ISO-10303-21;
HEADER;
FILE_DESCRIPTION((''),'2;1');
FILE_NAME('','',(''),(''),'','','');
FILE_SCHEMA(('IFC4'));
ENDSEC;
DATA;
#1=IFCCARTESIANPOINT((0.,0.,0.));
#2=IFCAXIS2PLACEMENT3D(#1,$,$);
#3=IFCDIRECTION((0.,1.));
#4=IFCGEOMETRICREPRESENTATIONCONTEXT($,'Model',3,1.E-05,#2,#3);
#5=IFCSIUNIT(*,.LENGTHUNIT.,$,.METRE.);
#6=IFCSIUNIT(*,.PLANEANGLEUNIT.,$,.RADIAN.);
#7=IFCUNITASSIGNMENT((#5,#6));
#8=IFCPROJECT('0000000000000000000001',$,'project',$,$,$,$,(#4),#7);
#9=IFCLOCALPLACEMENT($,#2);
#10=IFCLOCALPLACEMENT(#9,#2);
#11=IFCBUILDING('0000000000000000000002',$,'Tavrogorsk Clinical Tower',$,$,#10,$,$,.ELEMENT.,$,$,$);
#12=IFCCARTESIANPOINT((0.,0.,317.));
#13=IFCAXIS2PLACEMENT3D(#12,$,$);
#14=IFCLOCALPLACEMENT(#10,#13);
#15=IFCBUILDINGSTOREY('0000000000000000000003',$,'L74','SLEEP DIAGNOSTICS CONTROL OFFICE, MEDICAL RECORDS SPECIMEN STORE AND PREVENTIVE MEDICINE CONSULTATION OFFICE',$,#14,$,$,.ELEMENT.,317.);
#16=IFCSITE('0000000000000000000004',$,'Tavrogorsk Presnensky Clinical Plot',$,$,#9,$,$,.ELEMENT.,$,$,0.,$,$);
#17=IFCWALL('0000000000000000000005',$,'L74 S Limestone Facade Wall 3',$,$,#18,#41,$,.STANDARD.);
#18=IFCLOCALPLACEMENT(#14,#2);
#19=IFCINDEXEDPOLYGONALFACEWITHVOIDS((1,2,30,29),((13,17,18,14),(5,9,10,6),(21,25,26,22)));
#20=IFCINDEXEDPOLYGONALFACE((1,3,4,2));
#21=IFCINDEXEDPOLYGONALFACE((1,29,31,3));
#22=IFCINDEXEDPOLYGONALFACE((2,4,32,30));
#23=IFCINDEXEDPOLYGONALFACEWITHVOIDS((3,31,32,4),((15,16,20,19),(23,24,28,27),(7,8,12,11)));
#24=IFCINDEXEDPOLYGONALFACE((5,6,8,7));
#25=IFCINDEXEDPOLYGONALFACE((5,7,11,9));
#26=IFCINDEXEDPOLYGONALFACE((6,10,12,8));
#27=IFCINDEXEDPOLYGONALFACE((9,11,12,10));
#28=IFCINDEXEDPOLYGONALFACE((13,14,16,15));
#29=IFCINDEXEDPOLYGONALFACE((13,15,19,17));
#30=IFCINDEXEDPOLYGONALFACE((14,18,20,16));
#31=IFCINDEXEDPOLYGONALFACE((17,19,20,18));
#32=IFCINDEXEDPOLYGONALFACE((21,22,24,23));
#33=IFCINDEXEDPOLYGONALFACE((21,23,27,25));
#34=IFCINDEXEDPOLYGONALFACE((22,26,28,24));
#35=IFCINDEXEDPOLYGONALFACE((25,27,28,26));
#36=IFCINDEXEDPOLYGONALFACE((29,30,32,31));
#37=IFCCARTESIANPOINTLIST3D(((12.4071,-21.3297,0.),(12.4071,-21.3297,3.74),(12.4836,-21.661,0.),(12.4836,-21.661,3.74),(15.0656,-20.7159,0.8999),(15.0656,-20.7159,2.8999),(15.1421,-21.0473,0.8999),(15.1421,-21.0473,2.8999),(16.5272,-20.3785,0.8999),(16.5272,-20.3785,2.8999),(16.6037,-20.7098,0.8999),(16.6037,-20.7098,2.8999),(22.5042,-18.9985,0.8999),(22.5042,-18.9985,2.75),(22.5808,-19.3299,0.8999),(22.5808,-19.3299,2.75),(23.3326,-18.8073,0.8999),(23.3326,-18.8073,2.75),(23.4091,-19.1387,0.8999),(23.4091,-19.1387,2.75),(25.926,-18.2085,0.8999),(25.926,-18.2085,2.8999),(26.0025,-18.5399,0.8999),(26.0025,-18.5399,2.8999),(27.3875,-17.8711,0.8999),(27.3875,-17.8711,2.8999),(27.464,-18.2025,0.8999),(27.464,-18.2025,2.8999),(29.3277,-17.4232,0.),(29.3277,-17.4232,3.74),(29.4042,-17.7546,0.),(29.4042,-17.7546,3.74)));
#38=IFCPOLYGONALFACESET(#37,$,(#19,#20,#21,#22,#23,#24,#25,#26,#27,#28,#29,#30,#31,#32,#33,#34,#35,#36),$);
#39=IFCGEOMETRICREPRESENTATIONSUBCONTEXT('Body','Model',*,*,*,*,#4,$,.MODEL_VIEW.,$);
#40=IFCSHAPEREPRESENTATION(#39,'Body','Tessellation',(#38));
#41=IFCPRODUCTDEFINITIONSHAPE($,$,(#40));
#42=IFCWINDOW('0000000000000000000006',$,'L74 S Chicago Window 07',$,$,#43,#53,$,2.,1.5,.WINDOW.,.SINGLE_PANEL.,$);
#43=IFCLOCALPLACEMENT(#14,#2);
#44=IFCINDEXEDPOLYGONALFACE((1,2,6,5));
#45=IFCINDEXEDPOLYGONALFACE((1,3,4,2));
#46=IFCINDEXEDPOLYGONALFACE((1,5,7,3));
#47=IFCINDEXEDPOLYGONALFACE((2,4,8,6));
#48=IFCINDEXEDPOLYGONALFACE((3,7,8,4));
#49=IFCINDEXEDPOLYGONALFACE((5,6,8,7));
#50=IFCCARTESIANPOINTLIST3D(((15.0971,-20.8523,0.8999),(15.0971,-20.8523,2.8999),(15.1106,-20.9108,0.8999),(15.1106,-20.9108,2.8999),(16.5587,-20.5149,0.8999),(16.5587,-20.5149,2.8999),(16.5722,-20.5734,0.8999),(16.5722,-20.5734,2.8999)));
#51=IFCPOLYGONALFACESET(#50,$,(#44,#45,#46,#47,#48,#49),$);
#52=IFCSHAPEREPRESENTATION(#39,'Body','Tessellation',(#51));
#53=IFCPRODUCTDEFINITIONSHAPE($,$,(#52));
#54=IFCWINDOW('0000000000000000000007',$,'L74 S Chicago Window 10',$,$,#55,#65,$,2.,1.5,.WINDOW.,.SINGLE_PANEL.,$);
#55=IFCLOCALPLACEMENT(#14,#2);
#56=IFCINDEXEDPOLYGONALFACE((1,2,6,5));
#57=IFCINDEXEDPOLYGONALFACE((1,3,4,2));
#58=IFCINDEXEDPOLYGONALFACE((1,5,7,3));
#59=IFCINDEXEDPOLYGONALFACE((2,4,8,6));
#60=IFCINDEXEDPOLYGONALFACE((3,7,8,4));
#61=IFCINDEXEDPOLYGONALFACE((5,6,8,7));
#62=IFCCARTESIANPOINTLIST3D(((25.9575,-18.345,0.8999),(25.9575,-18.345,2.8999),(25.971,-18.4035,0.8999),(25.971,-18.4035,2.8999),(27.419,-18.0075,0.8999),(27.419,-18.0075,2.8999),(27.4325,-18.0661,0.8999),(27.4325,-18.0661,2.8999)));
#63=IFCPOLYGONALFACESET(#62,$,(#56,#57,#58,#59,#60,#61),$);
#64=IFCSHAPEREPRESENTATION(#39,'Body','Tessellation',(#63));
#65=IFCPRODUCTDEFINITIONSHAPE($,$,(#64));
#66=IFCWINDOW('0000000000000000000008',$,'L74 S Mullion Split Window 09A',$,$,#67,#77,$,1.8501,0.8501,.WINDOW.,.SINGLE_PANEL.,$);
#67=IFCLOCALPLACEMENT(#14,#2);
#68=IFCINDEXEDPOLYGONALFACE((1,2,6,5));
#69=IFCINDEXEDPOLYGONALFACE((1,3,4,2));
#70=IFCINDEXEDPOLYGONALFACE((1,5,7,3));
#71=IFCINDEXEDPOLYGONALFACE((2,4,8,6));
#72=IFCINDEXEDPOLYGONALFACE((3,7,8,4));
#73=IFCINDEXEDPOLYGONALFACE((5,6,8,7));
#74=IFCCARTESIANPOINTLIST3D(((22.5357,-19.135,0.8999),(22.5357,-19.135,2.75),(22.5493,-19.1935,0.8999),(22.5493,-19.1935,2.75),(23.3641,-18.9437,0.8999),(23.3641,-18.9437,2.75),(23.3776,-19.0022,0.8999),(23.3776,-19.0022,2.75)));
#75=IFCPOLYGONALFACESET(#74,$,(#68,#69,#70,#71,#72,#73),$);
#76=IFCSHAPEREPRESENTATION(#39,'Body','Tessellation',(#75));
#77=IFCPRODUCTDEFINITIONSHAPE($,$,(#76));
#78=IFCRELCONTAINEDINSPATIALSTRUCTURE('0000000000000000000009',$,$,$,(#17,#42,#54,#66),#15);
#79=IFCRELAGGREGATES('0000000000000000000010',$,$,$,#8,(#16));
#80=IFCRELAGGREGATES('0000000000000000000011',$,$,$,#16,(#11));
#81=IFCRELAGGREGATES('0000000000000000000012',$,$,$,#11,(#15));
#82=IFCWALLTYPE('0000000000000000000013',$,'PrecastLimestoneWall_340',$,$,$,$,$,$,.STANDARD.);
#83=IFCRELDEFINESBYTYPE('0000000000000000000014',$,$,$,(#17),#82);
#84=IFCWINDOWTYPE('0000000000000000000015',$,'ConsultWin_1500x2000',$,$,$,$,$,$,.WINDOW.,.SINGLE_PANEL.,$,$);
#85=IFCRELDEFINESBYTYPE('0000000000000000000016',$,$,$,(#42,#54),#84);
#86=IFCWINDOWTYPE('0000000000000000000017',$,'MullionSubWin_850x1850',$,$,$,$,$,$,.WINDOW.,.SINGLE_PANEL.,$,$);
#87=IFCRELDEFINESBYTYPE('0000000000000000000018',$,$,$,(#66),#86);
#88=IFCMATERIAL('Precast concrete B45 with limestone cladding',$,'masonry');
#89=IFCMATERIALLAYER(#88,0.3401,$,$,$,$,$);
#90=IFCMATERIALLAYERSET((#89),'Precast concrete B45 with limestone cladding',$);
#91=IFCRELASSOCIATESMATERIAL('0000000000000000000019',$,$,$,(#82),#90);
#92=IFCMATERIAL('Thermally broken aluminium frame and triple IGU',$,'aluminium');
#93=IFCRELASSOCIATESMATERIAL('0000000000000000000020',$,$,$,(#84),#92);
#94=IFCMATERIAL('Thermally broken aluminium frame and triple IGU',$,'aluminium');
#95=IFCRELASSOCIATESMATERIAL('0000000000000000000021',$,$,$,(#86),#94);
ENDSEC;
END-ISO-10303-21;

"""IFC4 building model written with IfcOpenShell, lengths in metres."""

from ifc_helpers import new_model, si_unit, direction, frame, frame_2d, origin, place, context, subcontext, project, spatial, rectangle, extrude, material, layer, layer_set, type_object, element, fill, save


model = new_model("IFC4")

# Units and contexts
model_context = context("Model", 3, precision=1e-05, world=origin(), true_north=direction((0.0, 1.0)))
body_context = subcontext(model_context, "Body", "Model", "MODEL_VIEW")
ifc_project = project(units=[si_unit("LENGTHUNIT", "METRE"), si_unit("PLANEANGLEUNIT", "RADIAN")], contexts=[model_context])

# Site, building, storey
site_placement = place(None, origin())
site = spatial("IfcSite", under=ifc_project, at=site_placement, Name="Tavrogorsk Presnensky Clinical Plot", CompositionType="ELEMENT", RefElevation=0.0)
building_placement = place(site_placement, origin())
building = spatial("IfcBuilding", under=site, at=building_placement, Name="Tavrogorsk Clinical Tower", CompositionType="ELEMENT")
storey_placement = place(building_placement, frame((0.0, 0.0, 317.0)))
storey = spatial("IfcBuildingStorey", under=building, at=storey_placement, Name="L74", Description="SLEEP DIAGNOSTICS CONTROL OFFICE, MEDICAL RECORDS SPECIMEN STORE AND PREVENTIVE MEDICINE CONSULTATION OFFICE", CompositionType="ELEMENT", Elevation=317.0)

# Wall, openings, windows
ifc_material_1 = material(Name="Precast concrete B45 with limestone cladding", Category="masonry")
ifc_layer_1 = layer(ifc_material_1, 0.3401)
ifc_layer_set_1 = layer_set([ifc_layer_1], Name="Precast concrete B45 with limestone cladding")
wall_type_1 = type_object("IfcWallType", Name="PrecastLimestoneWall_340", PredefinedType="STANDARD", material=ifc_layer_set_1)
wall_1_placement = place(storey_placement, frame((12.4453, -21.4954, 0.0), z_axis=(0.0, 0.0, 1.0), x_axis=(0.974369, 0.224954, 0.0)))
wall_1 = element("IfcWall", 1, at=wall_1_placement, inside=storey, type_object=wall_type_1, Name="L74 S Limestone Facade Wall 3", PredefinedType="STANDARD", context=body_context, shape_type="SweptSolid", body=[
    extrude(rectangle(XDim=17.3657, YDim=0.3401, at=frame_2d((8.6829, 0.0))), origin(), (0.0, 0.0, 1.0), 3.74),
])
opening_1_placement = place(wall_1_placement, frame((2.7285, 0.0, 0.8999)))
opening_1 = element("IfcOpeningElement", 2, at=opening_1_placement, cuts=wall_1, PredefinedType="OPENING", context=body_context, shape_type="SweptSolid", body=[
    extrude(rectangle(XDim=1.5, YDim=2.0, at=frame_2d((0.75, 1.0))), frame((0.0, 0.1799, 0.0), z_axis=(0.0, -1.0, 0.0), x_axis=(1.0, 0.0, 0.0)), (0.0, 0.0, 1.0), 0.3601),
])
opening_2_placement = place(wall_1_placement, frame((10.3628, 0.0, 0.8999)))
opening_2 = element("IfcOpeningElement", 3, at=opening_2_placement, cuts=wall_1, PredefinedType="OPENING", context=body_context, shape_type="SweptSolid", body=[
    extrude(rectangle(XDim=0.8501, YDim=1.8501, at=frame_2d((0.425, 0.925))), frame((0.0, 0.1799, 0.0), z_axis=(0.0, -1.0, 0.0), x_axis=(1.0, 0.0, 0.0)), (0.0, 0.0, 1.0), 0.3601),
])
opening_3_placement = place(wall_1_placement, frame((13.8745, 0.0, 0.8999)))
opening_3 = element("IfcOpeningElement", 4, at=opening_3_placement, cuts=wall_1, PredefinedType="OPENING", context=body_context, shape_type="SweptSolid", body=[
    extrude(rectangle(XDim=1.5, YDim=2.0, at=frame_2d((0.75, 1.0))), frame((0.0, 0.1799, 0.0), z_axis=(0.0, -1.0, 0.0), x_axis=(1.0, 0.0, 0.0)), (0.0, 0.0, 1.0), 0.3601),
])
ifc_material_2 = material(Name="Thermally broken aluminium frame and triple IGU", Category="aluminium")
window_type_1 = type_object("IfcWindowType", Name="ConsultWin_1500x2000", PartitioningType="SINGLE_PANEL", PredefinedType="WINDOW", material=ifc_material_2)
window_1_placement = place(opening_1_placement, origin())
window_1 = element("IfcWindow", 5, at=window_1_placement, inside=storey, type_object=window_type_1, Name="L74 S Chicago Window 07", OverallHeight=2.0, OverallWidth=1.5, PartitioningType="SINGLE_PANEL", PredefinedType="WINDOW", context=body_context, shape_type="SweptSolid", body=[
    extrude(rectangle(XDim=1.5, YDim=2.0, at=frame_2d((0.75, 1.0))), frame((0.0, 0.03, 0.0), z_axis=(0.0, -1.0, 0.0), x_axis=(1.0, 0.0, 0.0)), (0.0, 0.0, 1.0), 0.0601),
])
fill(opening_1, window_1)
window_2_placement = place(opening_3_placement, origin())
window_2 = element("IfcWindow", 6, at=window_2_placement, inside=storey, type_object=window_type_1, Name="L74 S Chicago Window 10", OverallHeight=2.0, OverallWidth=1.5, PartitioningType="SINGLE_PANEL", PredefinedType="WINDOW", context=body_context, shape_type="SweptSolid", body=[
    extrude(rectangle(XDim=1.5, YDim=2.0, at=frame_2d((0.75, 1.0))), frame((0.0, 0.03, 0.0), z_axis=(0.0, -1.0, 0.0), x_axis=(1.0, 0.0, 0.0)), (0.0, 0.0, 1.0), 0.0601),
])
fill(opening_3, window_2)
ifc_material_3 = material(Name="Thermally broken aluminium frame and triple IGU", Category="aluminium")
window_type_2 = type_object("IfcWindowType", Name="MullionSubWin_850x1850", PartitioningType="SINGLE_PANEL", PredefinedType="WINDOW", material=ifc_material_3)
window_3_placement = place(opening_2_placement, origin())
window_3 = element("IfcWindow", 7, at=window_3_placement, inside=storey, type_object=window_type_2, Name="L74 S Mullion Split Window 09A", OverallHeight=1.8501, OverallWidth=0.8501, PartitioningType="SINGLE_PANEL", PredefinedType="WINDOW", context=body_context, shape_type="SweptSolid", body=[
    extrude(rectangle(XDim=0.8501, YDim=1.8501, at=frame_2d((0.425, 0.925))), frame((0.0, 0.03, 0.0), z_axis=(0.0, -1.0, 0.0), x_axis=(1.0, 0.0, 0.0)), (0.0, 0.0, 1.0), 0.0601),
])
fill(opening_2, window_3)

save(model, "model.ifc")
